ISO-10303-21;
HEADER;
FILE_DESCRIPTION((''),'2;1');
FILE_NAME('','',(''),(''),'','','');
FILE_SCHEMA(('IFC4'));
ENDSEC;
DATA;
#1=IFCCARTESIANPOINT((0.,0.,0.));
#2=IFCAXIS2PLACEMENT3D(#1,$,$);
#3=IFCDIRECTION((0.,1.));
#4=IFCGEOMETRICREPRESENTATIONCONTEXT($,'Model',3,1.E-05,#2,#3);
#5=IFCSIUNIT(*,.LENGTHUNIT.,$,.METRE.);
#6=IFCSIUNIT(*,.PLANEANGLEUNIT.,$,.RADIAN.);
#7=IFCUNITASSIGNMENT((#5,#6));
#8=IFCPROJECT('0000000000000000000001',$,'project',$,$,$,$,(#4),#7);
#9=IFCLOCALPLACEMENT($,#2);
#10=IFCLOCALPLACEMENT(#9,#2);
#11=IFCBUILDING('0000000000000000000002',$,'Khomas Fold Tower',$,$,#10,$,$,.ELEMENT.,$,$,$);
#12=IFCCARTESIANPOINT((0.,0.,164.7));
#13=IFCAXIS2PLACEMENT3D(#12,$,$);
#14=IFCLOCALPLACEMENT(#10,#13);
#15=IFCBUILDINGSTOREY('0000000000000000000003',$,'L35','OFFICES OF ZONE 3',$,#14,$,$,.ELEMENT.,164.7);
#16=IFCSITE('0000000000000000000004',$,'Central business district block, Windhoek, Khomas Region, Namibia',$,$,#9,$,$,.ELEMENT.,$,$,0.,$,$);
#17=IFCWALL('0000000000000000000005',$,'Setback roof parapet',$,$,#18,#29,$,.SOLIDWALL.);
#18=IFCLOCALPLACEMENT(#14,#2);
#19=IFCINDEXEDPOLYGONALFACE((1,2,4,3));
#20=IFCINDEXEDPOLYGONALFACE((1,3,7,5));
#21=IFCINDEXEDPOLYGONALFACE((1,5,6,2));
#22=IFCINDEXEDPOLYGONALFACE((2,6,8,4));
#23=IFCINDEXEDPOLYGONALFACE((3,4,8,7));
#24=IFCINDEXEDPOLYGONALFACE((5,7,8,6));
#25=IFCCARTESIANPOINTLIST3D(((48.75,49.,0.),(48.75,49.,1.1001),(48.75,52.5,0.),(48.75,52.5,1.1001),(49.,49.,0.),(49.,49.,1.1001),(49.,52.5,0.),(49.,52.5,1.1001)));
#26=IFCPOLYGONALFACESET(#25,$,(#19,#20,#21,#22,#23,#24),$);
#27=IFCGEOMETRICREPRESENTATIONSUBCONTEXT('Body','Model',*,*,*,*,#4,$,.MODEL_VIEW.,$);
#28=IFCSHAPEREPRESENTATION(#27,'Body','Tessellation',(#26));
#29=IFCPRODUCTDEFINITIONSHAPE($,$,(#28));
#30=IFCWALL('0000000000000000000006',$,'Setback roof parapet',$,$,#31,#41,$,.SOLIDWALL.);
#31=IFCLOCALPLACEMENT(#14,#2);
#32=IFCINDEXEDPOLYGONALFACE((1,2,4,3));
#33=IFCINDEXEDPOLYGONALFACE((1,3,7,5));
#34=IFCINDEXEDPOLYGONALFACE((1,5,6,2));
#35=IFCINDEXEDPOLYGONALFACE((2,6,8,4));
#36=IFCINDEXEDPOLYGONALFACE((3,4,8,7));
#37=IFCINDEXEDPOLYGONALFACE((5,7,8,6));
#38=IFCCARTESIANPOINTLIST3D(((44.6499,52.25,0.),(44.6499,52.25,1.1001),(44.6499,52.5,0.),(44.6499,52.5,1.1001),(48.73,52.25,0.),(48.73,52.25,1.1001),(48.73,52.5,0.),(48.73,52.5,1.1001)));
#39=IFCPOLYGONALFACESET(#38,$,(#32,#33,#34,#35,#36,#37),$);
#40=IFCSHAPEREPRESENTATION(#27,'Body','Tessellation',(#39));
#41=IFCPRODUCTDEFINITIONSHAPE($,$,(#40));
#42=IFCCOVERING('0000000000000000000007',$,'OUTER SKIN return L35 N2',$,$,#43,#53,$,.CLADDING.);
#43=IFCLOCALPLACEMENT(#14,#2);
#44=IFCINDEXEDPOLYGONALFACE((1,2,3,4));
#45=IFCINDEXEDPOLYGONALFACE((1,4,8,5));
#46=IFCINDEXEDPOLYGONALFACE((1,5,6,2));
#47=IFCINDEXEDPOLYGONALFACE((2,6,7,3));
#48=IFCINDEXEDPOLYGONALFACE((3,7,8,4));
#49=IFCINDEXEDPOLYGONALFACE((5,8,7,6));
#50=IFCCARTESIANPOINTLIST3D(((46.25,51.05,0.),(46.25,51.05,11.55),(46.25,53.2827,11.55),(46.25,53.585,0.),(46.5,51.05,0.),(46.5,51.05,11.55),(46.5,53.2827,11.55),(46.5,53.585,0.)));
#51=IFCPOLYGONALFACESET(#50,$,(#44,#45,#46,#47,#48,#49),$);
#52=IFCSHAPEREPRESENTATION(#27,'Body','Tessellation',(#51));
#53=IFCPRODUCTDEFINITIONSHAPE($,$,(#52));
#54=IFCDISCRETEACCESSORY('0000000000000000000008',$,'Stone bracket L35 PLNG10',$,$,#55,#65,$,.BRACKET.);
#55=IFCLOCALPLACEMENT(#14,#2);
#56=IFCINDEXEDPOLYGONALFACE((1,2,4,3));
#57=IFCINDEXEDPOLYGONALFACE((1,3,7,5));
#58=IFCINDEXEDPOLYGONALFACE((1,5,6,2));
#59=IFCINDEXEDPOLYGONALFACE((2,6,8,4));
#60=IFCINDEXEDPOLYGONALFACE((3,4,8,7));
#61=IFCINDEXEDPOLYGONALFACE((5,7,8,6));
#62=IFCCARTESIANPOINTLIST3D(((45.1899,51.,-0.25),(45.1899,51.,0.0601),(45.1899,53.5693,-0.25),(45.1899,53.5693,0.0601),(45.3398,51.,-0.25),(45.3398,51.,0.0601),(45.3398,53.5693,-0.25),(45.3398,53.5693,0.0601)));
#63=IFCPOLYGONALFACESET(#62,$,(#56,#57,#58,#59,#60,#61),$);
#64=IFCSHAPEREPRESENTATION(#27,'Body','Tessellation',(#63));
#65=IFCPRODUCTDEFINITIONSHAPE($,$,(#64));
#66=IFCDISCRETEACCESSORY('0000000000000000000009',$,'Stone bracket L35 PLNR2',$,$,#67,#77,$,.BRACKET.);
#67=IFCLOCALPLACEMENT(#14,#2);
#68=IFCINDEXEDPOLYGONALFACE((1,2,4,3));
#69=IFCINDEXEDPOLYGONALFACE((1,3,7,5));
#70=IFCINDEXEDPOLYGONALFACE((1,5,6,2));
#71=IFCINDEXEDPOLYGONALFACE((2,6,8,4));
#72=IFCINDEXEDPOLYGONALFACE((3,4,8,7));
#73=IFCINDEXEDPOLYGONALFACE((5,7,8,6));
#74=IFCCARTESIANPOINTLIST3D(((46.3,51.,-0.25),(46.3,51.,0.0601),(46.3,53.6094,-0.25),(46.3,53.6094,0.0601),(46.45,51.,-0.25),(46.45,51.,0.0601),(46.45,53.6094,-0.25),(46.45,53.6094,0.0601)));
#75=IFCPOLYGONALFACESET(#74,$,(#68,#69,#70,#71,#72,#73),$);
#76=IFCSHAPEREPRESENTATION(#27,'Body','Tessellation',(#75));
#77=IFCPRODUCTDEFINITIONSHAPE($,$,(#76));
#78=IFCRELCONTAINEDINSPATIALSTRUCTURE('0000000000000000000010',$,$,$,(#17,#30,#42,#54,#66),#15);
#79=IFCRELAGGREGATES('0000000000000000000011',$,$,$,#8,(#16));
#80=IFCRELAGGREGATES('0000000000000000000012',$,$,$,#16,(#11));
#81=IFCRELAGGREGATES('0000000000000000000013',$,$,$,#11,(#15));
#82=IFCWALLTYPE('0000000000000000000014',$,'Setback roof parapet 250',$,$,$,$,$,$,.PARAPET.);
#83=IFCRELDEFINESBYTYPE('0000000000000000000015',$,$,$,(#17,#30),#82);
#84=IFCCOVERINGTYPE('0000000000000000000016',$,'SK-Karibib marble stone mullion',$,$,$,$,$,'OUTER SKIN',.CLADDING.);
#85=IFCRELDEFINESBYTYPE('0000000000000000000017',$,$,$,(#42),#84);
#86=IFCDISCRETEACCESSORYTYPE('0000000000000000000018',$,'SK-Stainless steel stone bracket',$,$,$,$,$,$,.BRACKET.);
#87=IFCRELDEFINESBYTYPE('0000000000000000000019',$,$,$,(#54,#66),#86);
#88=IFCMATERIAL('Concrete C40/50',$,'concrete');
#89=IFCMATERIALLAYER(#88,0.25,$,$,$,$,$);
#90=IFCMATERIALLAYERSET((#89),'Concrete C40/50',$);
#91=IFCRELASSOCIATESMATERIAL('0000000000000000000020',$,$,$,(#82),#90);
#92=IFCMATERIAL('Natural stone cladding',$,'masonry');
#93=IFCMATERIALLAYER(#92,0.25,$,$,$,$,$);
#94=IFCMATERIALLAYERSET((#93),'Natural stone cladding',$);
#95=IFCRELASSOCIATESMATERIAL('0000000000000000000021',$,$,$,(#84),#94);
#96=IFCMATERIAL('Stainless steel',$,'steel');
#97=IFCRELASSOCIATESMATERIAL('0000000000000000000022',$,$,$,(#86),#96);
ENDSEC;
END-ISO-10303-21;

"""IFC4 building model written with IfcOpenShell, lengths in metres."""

from ifc_helpers import new_model, si_unit, direction, frame, frame_2d, origin, origin_2d, place, context, subcontext, project, spatial, polyline, rectangle, outline, extrude, source, transform, mapped, material, layer, layer_set, type_object, element, save


model = new_model("IFC4")

# Units and contexts
model_context = context("Model", 3, precision=1e-05, world=origin(), true_north=direction((0.0, 1.0)))
body_context = subcontext(model_context, "Body", "Model", "MODEL_VIEW")
ifc_project = project(units=[si_unit("LENGTHUNIT", "METRE"), si_unit("PLANEANGLEUNIT", "RADIAN")], contexts=[model_context])

# Site, building, storey
site_placement = place(None, origin())
site = spatial("IfcSite", under=ifc_project, at=site_placement, Name="Central business district block, Windhoek, Khomas Region, Namibia", CompositionType="ELEMENT", RefElevation=0.0)
building_placement = place(site_placement, origin())
building = spatial("IfcBuilding", under=site, at=building_placement, Name="Khomas Fold Tower", CompositionType="ELEMENT")
storey_placement = place(building_placement, frame((0.0, 0.0, 164.7)))
storey = spatial("IfcBuildingStorey", under=building, at=storey_placement, Name="L35", Description="OFFICES OF ZONE 3", CompositionType="ELEMENT", Elevation=164.7)

# Walls
ifc_material_1 = material(Name="Concrete C40/50", Category="concrete")
ifc_layer_1 = layer(ifc_material_1, 0.25)
ifc_layer_set_1 = layer_set([ifc_layer_1], Name="Concrete C40/50")
wall_type = type_object("IfcWallType", Name="Setback roof parapet 250", PredefinedType="PARAPET", material=ifc_layer_set_1)
shared_shape_1 = source(origin(), body_context, "Body", "SweptSolid", [
    extrude(rectangle(XDim=3.5, YDim=0.25, at=frame_2d((1.75, 0.0))), origin(), (0.0, 0.0, 1.0), 1.1001),
])
wall_1_placement = place(storey_placement, frame((48.875, 49.0, 0.0), z_axis=(0.0, 0.0, 1.0), x_axis=(0.0, 1.0, 0.0)))
element("IfcWall", 1, at=wall_1_placement, inside=storey, type_object=wall_type, Name="Setback roof parapet", PredefinedType="SOLIDWALL", context=body_context, shape_type="MappedRepresentation", body=[
    mapped(shared_shape_1, transform((0.0, 0.0, 0.0))),
])
shared_shape_2 = source(origin(), body_context, "Body", "SweptSolid", [
    extrude(rectangle(XDim=4.0801, YDim=0.25, at=frame_2d((2.04, 0.0))), origin(), (0.0, 0.0, 1.0), 1.1001),
])
wall_2_placement = place(storey_placement, frame((48.73, 52.375, 0.0), z_axis=(0.0, 0.0, 1.0), x_axis=(-1.0, 0.0, 0.0)))
element("IfcWall", 2, at=wall_2_placement, inside=storey, type_object=wall_type, Name="Setback roof parapet", PredefinedType="SOLIDWALL", context=body_context, shape_type="MappedRepresentation", body=[
    mapped(shared_shape_2, transform((0.0, 0.0, 0.0))),
])

# Covering
ifc_material_2 = material(Name="Natural stone cladding", Category="masonry")
ifc_layer_2 = layer(ifc_material_2, 0.25)
ifc_layer_set_2 = layer_set([ifc_layer_2], Name="Natural stone cladding")
covering_type = type_object("IfcCoveringType", Name="SK-Karibib marble stone mullion", ElementType="OUTER SKIN", PredefinedType="CLADDING", material=ifc_layer_set_2)
covering_placement = place(storey_placement, frame((46.5, 51.05, 0.0), z_axis=(1.0, 0.0, 0.0), x_axis=(0.0, 1.0, 0.0)))
element("IfcCovering", 3, at=covering_placement, inside=storey, type_object=covering_type, Name="OUTER SKIN return L35 N2", PredefinedType="CLADDING", context=body_context, shape_type="SweptSolid", body=[
    extrude(outline(polyline([(0.0, 0.0), (2.5349, 0.0), (2.2327, 11.55), (0.0, 11.55), (0.0, 0.0)])), origin(), (0.0, 0.0, -1.0), 0.25),
])

# Discrete accessories
ifc_material_3 = material(Name="Stainless steel", Category="steel")
discrete_accessory_type = type_object("IfcDiscreteAccessoryType", Name="SK-Stainless steel stone bracket", PredefinedType="BRACKET", material=ifc_material_3)
shared_shape_3 = source(origin(), body_context, "Body", "SweptSolid", [
    extrude(rectangle(XDim=2.5693, YDim=0.1499, at=origin_2d()), origin(), (0.0, 0.0, 1.0), 0.3101),
])
discrete_accessory_1_placement = place(storey_placement, frame((45.2649, 52.2847, -0.25), z_axis=(0.0, 0.0, 1.0), x_axis=(0.0, 1.0, 0.0)))
element("IfcDiscreteAccessory", 4, at=discrete_accessory_1_placement, inside=storey, type_object=discrete_accessory_type, Name="Stone bracket L35 PLNG10", PredefinedType="BRACKET", context=body_context, shape_type="MappedRepresentation", body=[
    mapped(shared_shape_3, transform((0.0, 0.0, 0.0))),
])
shared_shape_4 = source(origin(), body_context, "Body", "SweptSolid", [
    extrude(rectangle(XDim=2.6094, YDim=0.1499, at=origin_2d()), origin(), (0.0, 0.0, 1.0), 0.3101),
])
discrete_accessory_2_placement = place(storey_placement, frame((46.375, 52.3047, -0.25), z_axis=(0.0, 0.0, 1.0), x_axis=(0.0, 1.0, 0.0)))
element("IfcDiscreteAccessory", 5, at=discrete_accessory_2_placement, inside=storey, type_object=discrete_accessory_type, Name="Stone bracket L35 PLNR2", PredefinedType="BRACKET", context=body_context, shape_type="MappedRepresentation", body=[
    mapped(shared_shape_4, transform((0.0, 0.0, 0.0))),
])

save(model, "model.ifc")
